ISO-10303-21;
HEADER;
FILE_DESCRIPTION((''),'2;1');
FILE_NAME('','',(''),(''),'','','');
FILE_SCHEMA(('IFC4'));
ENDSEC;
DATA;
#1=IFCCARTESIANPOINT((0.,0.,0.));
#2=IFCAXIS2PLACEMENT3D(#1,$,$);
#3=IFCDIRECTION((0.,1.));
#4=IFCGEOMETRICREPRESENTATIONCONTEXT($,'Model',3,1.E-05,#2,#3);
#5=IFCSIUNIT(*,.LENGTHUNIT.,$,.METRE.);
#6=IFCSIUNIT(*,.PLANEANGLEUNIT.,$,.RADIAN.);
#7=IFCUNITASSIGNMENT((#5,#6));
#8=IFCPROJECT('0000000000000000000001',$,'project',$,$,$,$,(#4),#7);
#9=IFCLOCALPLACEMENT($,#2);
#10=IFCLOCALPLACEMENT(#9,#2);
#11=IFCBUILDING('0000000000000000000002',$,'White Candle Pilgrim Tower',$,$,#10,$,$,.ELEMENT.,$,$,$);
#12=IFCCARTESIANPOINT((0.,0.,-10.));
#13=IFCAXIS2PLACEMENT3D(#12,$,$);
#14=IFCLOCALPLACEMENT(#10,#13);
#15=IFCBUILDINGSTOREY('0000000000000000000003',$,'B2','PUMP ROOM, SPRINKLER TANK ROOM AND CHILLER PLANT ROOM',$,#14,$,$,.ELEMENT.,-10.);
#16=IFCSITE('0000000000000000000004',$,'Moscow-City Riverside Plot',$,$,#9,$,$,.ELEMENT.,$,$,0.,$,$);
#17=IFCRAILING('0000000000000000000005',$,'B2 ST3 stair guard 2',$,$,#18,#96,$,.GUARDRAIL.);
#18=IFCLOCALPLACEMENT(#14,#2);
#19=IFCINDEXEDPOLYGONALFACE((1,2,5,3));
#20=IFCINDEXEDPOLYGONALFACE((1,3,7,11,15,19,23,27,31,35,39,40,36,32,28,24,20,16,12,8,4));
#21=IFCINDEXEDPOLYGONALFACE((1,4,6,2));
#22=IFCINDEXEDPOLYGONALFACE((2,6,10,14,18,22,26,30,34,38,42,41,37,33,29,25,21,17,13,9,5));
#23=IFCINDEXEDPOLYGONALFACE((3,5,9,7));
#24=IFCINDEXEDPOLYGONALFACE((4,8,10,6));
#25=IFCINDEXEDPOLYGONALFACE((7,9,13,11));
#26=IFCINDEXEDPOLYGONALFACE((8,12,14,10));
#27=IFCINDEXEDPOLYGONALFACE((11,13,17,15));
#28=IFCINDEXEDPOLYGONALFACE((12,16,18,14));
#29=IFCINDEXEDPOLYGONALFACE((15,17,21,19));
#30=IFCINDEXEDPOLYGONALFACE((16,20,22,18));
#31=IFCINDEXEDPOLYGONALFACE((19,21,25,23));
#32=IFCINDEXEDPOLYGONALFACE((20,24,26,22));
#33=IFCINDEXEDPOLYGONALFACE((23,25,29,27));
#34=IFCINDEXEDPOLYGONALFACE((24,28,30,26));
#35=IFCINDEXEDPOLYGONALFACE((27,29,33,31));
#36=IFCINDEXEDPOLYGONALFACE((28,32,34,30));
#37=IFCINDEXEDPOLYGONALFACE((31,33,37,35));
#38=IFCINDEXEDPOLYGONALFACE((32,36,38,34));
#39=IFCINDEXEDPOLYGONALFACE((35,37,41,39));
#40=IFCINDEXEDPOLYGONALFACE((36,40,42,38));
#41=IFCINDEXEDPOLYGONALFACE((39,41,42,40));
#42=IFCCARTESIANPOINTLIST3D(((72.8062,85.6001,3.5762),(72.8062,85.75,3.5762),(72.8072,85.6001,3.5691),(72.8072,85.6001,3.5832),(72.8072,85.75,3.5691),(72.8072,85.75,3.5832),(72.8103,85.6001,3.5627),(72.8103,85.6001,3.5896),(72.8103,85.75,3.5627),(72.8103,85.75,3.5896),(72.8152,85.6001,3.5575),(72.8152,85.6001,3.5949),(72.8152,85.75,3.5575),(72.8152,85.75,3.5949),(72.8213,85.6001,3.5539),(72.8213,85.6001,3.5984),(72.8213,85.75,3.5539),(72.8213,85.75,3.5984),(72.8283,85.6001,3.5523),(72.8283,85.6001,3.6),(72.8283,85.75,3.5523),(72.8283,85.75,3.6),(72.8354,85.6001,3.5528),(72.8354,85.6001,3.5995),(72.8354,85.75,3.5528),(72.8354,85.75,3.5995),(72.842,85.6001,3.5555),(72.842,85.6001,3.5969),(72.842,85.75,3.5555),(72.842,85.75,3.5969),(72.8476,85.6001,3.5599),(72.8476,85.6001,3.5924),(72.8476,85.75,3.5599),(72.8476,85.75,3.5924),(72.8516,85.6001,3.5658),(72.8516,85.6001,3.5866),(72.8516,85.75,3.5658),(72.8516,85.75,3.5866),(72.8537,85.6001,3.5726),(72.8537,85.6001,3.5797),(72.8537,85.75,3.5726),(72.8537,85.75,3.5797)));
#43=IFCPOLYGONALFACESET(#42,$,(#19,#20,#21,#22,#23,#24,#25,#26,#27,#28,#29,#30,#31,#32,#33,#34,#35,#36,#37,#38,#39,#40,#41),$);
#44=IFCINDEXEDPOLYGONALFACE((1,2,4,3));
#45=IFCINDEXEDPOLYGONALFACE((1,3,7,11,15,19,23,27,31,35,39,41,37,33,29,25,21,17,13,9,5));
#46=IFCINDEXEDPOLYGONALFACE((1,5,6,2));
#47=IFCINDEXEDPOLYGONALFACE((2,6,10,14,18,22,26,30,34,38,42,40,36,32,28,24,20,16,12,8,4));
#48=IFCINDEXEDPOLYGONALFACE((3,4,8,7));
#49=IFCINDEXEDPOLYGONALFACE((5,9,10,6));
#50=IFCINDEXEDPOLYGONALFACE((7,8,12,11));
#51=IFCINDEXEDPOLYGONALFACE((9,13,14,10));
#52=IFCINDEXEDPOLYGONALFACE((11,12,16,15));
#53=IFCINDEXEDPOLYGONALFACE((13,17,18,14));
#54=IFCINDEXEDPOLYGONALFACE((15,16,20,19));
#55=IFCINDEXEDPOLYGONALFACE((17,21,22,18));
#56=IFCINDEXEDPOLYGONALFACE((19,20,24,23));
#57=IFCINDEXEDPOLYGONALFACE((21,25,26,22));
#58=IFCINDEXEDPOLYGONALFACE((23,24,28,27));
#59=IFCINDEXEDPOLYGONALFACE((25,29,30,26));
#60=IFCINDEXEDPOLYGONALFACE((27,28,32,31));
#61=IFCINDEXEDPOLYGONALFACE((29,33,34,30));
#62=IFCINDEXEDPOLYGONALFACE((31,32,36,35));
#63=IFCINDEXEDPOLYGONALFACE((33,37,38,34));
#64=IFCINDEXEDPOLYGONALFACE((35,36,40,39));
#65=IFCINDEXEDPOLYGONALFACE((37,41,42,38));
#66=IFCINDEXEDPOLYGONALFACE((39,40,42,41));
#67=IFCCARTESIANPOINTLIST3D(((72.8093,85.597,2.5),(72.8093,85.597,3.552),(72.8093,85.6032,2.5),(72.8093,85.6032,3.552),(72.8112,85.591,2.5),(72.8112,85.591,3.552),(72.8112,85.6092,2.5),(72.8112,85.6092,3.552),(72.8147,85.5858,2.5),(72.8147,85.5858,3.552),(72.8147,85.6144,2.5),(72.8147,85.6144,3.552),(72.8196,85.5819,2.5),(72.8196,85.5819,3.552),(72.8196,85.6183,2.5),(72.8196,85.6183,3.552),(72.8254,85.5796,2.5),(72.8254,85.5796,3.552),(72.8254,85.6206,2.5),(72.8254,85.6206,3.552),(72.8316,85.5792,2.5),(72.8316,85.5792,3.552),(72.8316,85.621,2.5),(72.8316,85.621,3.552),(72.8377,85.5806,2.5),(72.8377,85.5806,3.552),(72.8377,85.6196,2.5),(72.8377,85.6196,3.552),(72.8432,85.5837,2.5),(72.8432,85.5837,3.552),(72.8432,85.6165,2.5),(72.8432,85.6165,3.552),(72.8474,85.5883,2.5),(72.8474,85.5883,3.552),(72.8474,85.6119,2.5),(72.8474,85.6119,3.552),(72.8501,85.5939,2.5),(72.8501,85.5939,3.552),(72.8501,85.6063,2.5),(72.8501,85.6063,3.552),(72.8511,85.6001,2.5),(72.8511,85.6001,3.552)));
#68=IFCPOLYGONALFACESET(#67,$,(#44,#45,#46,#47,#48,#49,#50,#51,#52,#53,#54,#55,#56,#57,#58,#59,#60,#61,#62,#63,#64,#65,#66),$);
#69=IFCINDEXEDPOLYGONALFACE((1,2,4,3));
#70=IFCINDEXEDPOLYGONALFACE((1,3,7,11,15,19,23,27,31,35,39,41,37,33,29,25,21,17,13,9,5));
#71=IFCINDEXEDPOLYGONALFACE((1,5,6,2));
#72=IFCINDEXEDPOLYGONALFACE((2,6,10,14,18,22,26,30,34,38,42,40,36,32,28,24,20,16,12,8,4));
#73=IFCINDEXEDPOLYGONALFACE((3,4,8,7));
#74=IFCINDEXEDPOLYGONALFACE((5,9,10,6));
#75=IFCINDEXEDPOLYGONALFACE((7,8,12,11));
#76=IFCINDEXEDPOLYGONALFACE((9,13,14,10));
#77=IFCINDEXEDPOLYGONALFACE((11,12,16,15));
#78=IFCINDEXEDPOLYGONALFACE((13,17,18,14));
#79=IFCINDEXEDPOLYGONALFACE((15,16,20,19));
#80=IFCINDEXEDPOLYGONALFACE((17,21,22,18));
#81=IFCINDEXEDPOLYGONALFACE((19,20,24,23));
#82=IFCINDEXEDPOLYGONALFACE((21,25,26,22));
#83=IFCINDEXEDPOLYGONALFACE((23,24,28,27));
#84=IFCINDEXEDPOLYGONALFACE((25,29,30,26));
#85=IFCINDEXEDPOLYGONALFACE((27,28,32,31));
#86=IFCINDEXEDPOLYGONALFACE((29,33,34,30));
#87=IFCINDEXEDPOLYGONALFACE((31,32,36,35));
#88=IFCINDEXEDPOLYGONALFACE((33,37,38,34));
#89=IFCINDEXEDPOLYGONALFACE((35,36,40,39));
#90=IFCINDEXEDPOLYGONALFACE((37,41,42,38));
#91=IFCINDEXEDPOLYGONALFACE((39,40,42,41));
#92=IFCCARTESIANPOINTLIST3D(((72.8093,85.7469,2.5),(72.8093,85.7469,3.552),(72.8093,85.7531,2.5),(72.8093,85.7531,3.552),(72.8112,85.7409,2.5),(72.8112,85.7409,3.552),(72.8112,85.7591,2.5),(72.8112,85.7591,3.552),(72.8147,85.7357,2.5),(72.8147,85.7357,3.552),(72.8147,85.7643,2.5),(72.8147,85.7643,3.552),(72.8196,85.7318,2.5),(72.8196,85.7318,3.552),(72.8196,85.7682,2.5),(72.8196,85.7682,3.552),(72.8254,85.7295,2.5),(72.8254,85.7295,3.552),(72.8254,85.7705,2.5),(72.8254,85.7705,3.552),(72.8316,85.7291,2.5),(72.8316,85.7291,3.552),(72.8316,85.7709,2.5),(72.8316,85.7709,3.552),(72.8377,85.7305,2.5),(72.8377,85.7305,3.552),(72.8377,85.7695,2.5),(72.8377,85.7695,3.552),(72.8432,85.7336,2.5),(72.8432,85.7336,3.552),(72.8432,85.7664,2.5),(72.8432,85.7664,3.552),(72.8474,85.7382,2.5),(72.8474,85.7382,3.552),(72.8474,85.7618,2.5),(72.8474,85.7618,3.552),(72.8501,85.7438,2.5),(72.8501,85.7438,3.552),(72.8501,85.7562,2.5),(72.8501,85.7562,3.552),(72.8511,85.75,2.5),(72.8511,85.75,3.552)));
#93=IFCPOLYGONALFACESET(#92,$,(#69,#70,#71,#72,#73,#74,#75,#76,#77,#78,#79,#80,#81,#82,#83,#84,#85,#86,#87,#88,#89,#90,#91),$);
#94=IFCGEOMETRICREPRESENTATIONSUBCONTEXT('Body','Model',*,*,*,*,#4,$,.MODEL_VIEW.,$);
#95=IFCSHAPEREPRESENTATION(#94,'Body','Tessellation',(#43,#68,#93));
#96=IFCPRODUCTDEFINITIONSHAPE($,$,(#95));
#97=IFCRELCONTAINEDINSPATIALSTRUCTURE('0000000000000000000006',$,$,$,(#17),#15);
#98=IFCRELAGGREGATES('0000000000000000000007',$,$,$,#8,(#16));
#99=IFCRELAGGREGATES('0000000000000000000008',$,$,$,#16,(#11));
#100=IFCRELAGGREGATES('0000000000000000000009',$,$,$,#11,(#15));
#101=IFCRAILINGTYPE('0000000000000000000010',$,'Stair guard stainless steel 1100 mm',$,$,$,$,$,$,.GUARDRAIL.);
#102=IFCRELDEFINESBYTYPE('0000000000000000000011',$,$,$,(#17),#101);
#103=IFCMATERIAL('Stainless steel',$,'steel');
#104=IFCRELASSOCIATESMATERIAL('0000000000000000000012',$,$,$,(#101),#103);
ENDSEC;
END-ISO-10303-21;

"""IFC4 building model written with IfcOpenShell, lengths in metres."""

from ifc_helpers import new_model, si_unit, direction, frame, origin, origin_2d, place, context, subcontext, project, spatial, circle, extrude, material, type_object, element, save


model = new_model("IFC4")

# Units and contexts
model_context = context("Model", 3, precision=1e-05, world=origin(), true_north=direction((0.0, 1.0)))
body_context = subcontext(model_context, "Body", "Model", "MODEL_VIEW")
ifc_project = project(units=[si_unit("LENGTHUNIT", "METRE"), si_unit("PLANEANGLEUNIT", "RADIAN")], contexts=[model_context])

# Site, building, storey
site_placement = place(None, origin())
site = spatial("IfcSite", under=ifc_project, at=site_placement, Name="Moscow-City Riverside Plot", CompositionType="ELEMENT", RefElevation=0.0)
building_placement = place(site_placement, origin())
building = spatial("IfcBuilding", under=site, at=building_placement, Name="White Candle Pilgrim Tower", CompositionType="ELEMENT")
storey_placement = place(building_placement, frame((0.0, 0.0, -10.0)))
storey = spatial("IfcBuildingStorey", under=building, at=storey_placement, Name="B2", Description="PUMP ROOM, SPRINKLER TANK ROOM AND CHILLER PLANT ROOM", CompositionType="ELEMENT", Elevation=-10.0)

# Railing
ifc_material_1 = material(Name="Stainless steel", Category="steel")
railing_type_1 = type_object("IfcRailingType", Name="Stair guard stainless steel 1100 mm", PredefinedType="GUARDRAIL", material=ifc_material_1)
railing_1_placement = place(storey_placement, frame((72.8301, 85.6001, 2.5)))
element("IfcRailing", 1, at=railing_1_placement, inside=storey, type_object=railing_type_1, Name="B2 ST3 stair guard 2", PredefinedType="GUARDRAIL", context=body_context, shape_type="SweptSolid", body=[
    extrude(circle(Radius=0.0239, at=origin_2d()), frame((0.0, 0.0, 1.0762), z_axis=(0.0, 1.0, 0.0), x_axis=(-1.0, 0.0, 0.0)), (0.0, 0.0, 1.0), 0.1499),
    extrude(circle(Radius=0.021, at=origin_2d()), origin(), (0.0, 0.0, 1.0), 1.052),
    extrude(circle(Radius=0.021, at=origin_2d()), frame((0.0, 0.1499, 0.0)), (0.0, 0.0, 1.0), 1.052),
])

save(model, "model.ifc")
